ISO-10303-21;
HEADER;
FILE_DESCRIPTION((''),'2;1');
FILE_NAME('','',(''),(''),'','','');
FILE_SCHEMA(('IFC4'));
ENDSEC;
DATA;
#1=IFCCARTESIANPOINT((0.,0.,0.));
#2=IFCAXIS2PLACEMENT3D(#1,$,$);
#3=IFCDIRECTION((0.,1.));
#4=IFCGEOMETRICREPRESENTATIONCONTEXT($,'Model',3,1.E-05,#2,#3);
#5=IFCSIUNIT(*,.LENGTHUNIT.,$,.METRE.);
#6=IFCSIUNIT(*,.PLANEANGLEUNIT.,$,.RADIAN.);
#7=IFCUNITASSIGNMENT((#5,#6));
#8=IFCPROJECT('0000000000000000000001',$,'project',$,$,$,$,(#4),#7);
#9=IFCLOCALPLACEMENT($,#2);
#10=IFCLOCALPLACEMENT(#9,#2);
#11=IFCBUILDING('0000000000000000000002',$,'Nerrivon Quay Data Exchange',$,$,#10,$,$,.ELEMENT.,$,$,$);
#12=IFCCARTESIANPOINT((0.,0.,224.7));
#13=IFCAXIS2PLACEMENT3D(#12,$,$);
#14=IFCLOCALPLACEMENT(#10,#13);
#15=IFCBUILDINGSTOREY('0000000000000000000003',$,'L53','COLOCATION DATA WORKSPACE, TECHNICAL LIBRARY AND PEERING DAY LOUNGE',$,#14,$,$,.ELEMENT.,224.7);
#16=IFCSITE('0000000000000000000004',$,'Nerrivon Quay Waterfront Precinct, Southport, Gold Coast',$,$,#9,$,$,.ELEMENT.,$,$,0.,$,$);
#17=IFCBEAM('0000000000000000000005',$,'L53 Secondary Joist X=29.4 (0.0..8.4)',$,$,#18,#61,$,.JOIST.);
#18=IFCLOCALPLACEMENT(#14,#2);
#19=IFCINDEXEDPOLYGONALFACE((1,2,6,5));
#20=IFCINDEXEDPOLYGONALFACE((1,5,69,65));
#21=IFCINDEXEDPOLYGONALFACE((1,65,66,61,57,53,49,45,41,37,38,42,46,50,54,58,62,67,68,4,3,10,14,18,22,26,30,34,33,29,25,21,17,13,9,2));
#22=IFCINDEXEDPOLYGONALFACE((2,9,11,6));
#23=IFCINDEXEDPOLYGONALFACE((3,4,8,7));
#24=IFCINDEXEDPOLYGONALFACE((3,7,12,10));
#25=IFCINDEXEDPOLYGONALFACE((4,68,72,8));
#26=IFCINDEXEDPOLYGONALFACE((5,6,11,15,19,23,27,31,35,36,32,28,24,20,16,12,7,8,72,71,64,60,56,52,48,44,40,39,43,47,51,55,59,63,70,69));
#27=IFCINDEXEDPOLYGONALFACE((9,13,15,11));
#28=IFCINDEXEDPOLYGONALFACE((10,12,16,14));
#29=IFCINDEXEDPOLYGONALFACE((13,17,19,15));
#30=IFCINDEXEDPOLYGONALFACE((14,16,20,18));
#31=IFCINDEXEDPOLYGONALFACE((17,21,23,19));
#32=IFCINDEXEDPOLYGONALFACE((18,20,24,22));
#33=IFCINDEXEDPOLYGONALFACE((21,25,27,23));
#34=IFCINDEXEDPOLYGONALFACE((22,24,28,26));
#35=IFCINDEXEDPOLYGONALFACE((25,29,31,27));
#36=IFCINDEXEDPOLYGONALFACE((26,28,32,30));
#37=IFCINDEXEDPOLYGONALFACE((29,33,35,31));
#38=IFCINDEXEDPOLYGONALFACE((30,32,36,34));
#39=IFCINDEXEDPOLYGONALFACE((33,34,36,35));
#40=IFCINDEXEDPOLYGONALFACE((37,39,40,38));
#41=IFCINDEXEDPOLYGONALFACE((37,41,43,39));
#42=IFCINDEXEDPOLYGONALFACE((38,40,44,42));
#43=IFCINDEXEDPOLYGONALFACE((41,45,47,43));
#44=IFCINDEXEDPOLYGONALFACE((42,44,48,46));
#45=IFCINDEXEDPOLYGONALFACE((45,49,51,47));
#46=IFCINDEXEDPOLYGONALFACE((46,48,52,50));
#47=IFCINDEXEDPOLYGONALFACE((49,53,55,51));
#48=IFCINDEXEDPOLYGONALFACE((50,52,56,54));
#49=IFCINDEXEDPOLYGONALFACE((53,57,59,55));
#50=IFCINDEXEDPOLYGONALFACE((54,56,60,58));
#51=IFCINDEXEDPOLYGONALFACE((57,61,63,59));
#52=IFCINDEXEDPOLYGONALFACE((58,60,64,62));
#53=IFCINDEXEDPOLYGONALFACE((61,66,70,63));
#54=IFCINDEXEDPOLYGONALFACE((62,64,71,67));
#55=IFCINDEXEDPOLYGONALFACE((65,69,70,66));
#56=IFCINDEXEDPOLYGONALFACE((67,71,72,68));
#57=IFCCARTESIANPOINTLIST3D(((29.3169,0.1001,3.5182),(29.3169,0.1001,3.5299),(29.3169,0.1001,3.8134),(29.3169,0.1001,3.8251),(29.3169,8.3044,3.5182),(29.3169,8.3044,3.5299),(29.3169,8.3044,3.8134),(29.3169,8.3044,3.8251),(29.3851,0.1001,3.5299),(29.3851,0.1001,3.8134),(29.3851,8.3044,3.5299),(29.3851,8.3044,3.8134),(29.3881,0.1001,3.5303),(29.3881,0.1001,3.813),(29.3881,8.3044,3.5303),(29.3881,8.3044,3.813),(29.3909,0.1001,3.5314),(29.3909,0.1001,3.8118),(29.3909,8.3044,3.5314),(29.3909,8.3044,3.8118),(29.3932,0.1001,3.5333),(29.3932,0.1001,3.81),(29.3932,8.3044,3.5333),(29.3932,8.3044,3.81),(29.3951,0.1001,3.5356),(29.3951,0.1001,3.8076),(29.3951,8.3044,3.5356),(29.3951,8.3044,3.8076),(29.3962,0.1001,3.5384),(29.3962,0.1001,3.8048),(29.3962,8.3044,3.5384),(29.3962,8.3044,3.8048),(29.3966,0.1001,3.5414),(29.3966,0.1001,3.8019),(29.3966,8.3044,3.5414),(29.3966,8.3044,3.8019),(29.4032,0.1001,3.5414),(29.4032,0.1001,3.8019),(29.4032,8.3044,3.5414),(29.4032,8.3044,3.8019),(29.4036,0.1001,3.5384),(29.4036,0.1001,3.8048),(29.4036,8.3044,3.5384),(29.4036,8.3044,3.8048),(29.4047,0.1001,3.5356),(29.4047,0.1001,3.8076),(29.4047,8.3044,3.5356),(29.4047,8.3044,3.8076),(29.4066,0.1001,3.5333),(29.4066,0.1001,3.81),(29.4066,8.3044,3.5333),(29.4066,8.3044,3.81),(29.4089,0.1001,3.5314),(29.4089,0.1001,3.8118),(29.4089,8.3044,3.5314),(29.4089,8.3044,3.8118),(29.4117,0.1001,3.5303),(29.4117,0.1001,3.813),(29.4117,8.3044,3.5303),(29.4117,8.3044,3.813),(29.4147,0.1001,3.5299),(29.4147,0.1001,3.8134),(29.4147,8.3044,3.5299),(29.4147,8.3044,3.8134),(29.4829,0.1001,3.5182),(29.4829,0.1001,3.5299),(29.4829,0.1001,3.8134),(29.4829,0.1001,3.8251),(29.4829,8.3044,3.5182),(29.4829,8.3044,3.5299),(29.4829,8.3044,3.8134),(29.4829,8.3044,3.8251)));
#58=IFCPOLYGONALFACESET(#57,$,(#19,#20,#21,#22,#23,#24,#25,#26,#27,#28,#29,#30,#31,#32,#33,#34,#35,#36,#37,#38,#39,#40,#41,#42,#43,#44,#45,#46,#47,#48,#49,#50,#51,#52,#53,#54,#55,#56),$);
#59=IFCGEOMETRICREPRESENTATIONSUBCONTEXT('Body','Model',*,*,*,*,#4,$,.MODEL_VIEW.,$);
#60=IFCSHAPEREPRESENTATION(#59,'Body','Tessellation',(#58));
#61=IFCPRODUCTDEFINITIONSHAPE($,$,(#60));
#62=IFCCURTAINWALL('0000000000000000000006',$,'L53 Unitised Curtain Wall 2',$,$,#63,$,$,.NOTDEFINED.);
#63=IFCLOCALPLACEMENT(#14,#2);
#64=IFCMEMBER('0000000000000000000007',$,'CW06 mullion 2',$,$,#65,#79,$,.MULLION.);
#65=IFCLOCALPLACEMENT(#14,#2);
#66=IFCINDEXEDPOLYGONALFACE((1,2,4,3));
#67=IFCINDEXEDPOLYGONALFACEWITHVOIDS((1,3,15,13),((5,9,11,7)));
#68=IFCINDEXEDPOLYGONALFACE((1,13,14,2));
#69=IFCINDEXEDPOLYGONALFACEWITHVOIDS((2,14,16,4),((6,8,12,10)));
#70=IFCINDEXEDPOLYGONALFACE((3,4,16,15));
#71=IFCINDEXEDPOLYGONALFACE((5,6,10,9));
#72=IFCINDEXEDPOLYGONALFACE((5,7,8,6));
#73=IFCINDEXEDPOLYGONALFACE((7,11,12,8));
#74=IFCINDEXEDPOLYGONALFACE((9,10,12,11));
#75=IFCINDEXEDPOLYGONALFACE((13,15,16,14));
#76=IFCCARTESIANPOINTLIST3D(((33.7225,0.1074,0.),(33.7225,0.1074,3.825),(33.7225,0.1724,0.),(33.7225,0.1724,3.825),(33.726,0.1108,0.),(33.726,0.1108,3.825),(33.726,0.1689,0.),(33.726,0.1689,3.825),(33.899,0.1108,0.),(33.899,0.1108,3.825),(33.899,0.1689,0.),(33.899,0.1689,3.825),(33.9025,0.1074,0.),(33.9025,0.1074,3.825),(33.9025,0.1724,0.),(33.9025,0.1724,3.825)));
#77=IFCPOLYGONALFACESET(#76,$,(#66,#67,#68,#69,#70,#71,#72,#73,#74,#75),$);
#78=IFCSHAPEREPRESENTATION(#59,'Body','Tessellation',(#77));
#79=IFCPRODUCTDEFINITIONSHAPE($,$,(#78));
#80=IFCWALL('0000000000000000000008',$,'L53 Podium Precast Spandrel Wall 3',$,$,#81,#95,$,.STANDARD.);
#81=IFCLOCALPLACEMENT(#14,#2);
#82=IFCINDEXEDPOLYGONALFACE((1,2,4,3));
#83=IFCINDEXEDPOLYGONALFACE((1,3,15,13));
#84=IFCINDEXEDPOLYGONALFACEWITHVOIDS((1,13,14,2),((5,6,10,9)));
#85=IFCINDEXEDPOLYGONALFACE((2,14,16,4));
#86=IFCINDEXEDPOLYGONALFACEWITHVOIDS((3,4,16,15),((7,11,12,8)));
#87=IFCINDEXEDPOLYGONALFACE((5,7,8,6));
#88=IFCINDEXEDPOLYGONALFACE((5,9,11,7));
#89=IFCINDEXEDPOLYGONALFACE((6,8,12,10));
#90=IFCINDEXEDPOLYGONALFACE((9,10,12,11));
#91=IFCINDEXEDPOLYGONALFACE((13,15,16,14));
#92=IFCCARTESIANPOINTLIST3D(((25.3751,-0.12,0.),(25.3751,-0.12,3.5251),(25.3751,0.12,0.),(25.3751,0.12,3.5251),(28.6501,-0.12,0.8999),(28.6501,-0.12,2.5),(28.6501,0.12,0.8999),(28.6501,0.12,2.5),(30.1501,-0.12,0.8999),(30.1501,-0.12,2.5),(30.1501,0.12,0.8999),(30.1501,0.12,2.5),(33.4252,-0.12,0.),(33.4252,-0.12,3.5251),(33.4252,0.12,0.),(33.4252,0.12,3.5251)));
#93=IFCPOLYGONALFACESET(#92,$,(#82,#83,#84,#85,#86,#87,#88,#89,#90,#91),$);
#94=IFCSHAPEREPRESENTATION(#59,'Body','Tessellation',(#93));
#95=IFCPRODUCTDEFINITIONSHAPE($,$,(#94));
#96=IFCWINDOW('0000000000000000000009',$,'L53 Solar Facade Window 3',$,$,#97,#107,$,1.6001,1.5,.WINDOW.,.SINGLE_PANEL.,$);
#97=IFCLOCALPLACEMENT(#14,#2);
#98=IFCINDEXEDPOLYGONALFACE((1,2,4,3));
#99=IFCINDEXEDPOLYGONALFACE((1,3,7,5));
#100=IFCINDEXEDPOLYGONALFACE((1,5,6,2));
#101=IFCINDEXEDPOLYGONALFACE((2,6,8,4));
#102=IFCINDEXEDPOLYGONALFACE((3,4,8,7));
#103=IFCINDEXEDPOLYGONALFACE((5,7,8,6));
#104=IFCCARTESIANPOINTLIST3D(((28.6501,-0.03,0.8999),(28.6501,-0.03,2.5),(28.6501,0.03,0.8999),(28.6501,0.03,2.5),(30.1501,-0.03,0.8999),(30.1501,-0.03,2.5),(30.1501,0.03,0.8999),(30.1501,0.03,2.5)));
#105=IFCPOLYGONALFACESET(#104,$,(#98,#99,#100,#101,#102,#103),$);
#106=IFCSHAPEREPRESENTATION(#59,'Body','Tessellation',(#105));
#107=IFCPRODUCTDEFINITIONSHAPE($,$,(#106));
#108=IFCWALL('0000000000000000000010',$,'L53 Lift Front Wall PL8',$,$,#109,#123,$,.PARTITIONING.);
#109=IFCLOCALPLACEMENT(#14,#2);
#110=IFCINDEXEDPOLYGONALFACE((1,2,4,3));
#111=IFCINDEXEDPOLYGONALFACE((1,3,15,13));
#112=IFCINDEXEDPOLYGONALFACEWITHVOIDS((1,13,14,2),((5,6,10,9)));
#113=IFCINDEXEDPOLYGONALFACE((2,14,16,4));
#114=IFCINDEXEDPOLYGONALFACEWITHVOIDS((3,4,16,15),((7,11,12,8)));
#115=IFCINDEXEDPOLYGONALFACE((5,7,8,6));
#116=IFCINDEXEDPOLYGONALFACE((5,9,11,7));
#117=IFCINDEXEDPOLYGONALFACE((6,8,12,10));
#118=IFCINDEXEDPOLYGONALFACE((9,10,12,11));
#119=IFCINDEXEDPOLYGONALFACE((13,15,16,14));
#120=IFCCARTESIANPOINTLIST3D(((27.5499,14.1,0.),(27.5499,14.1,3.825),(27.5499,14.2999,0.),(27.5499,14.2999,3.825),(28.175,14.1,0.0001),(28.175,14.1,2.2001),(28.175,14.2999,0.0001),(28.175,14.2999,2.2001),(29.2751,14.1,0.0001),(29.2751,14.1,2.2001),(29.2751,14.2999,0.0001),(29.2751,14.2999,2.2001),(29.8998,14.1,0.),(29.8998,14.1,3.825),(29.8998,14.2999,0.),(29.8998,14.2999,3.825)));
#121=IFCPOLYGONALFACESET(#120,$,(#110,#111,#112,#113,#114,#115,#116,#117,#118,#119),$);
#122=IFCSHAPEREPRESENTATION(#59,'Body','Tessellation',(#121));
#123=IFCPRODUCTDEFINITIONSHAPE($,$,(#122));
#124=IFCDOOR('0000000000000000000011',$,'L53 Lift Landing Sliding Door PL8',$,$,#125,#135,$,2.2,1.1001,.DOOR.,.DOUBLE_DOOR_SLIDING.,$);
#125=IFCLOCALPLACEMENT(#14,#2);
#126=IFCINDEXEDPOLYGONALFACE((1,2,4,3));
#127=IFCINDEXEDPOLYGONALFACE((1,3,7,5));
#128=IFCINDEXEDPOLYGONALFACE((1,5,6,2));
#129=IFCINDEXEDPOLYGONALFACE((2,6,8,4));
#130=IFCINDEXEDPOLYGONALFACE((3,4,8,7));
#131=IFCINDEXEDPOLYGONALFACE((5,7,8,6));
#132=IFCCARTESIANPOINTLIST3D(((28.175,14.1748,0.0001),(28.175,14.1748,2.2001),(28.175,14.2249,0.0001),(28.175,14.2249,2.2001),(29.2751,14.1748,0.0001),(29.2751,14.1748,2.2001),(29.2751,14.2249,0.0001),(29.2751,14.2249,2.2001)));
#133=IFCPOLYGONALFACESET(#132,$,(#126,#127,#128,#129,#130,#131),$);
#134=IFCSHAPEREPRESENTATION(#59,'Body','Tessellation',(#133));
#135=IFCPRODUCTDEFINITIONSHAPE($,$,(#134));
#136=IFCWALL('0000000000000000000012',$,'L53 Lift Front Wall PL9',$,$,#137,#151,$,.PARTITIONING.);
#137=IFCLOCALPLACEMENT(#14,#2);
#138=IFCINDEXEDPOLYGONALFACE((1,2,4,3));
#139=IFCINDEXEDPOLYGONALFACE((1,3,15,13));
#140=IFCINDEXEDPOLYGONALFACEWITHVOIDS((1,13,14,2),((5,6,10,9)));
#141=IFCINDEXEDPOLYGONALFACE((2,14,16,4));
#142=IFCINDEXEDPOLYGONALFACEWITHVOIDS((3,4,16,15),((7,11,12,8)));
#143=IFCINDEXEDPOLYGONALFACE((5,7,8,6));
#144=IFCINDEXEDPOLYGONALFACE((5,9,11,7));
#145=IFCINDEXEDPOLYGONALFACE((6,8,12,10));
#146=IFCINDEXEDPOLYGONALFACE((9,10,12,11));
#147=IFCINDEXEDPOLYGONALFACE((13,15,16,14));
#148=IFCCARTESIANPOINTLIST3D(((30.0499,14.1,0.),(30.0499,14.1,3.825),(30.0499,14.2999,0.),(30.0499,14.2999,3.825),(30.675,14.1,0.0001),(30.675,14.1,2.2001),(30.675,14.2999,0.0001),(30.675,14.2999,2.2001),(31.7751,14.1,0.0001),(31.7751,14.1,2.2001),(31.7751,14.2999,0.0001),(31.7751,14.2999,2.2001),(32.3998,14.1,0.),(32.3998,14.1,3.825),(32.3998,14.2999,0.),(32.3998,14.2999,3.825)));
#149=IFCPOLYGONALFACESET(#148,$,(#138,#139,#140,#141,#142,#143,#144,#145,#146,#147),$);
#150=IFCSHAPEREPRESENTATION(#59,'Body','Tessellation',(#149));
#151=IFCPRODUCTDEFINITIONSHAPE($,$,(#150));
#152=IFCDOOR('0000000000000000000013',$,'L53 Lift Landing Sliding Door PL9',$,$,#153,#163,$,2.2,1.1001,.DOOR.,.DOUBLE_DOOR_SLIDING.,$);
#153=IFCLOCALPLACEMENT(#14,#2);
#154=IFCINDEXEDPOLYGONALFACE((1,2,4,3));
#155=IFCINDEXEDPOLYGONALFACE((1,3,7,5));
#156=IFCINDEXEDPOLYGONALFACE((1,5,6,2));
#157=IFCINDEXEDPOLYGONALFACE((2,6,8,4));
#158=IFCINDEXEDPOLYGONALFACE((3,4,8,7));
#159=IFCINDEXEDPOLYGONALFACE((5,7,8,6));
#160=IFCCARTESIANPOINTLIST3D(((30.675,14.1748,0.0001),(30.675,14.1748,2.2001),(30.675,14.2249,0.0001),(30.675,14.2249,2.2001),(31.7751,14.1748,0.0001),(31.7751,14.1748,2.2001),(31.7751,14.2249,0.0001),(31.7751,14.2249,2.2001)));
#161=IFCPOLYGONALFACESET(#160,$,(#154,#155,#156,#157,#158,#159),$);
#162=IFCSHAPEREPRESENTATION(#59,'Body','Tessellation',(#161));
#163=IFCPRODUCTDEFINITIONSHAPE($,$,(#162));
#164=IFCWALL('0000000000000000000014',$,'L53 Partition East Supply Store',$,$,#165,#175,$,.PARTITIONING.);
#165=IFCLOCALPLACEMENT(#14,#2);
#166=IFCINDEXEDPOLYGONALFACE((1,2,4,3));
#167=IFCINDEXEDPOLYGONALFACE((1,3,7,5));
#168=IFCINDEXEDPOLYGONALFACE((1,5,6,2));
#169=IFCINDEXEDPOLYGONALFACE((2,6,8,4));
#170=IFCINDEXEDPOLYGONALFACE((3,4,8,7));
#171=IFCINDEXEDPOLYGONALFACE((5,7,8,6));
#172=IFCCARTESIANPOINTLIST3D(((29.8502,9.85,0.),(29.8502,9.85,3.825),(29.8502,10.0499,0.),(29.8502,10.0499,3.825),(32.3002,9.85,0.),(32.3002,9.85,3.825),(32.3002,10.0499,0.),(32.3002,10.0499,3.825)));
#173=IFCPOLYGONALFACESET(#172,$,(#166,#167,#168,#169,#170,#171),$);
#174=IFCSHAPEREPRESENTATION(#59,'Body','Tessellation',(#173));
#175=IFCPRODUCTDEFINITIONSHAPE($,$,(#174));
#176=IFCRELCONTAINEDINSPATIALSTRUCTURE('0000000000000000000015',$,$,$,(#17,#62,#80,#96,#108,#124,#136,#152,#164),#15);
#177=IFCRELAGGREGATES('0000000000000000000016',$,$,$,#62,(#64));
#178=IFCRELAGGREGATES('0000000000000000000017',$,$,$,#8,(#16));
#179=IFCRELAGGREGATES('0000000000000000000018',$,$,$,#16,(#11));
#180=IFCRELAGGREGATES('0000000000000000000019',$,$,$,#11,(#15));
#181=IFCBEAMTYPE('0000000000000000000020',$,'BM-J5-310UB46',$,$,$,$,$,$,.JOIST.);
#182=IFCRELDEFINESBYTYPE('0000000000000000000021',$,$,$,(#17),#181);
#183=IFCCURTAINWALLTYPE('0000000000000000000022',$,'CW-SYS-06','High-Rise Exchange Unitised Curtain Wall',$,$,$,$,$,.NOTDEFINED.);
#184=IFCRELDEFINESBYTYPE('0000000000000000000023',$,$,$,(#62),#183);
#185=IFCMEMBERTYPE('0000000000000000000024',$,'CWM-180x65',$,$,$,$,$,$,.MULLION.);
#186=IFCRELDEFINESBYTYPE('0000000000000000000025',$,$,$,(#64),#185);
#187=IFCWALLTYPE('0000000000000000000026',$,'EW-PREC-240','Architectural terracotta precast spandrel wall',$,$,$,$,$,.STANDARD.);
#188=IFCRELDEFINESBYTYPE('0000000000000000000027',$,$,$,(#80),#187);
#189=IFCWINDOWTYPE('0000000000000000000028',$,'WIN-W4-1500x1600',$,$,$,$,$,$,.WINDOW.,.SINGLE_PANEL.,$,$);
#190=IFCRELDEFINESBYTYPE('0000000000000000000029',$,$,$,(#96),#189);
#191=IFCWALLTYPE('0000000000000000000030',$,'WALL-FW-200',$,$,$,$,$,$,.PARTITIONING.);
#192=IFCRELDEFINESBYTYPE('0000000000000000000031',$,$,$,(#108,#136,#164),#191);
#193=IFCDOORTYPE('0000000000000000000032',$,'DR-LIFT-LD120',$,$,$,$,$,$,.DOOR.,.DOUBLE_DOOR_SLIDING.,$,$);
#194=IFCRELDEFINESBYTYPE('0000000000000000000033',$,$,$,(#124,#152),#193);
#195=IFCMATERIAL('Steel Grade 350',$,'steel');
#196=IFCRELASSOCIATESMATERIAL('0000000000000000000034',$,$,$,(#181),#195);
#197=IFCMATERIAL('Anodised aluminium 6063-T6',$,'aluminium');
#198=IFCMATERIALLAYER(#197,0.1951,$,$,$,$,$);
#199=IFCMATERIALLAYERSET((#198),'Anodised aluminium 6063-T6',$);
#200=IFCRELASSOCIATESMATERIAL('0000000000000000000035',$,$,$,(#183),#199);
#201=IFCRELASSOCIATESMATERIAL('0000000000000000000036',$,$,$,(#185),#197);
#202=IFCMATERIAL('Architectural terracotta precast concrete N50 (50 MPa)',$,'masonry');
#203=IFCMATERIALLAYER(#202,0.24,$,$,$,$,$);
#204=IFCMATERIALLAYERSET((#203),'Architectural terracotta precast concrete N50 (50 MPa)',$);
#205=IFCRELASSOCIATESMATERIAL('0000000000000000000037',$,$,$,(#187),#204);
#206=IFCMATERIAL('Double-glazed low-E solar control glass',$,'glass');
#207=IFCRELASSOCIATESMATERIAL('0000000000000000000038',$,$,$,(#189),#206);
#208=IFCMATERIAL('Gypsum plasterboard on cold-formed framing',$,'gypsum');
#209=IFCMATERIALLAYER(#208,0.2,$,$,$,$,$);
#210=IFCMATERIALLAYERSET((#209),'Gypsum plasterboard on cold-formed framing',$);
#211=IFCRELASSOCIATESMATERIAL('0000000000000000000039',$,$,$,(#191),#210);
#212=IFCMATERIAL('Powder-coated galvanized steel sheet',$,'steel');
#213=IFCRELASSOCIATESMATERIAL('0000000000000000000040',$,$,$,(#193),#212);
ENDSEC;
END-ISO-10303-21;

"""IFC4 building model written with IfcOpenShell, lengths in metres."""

from ifc_helpers import new_model, si_unit, direction, frame, frame_2d, origin, origin_2d, place, context, subcontext, project, spatial, rectangle, hollow_rectangle, i_section, extrude, material, layer, layer_set, material_profile, profile_set, type_object, element, fill, aggregate, save


model = new_model("IFC4")

# Units and contexts
model_context = context("Model", 3, precision=1e-05, world=origin(), true_north=direction((0.0, 1.0)))
body_context = subcontext(model_context, "Body", "Model", "MODEL_VIEW")
ifc_project = project(units=[si_unit("LENGTHUNIT", "METRE"), si_unit("PLANEANGLEUNIT", "RADIAN")], contexts=[model_context])

# Site, building, storey
site_placement = place(None, origin())
site = spatial("IfcSite", under=ifc_project, at=site_placement, Name="Nerrivon Quay Waterfront Precinct, Southport, Gold Coast", CompositionType="ELEMENT", RefElevation=0.0)
building_placement = place(site_placement, origin())
building = spatial("IfcBuilding", under=site, at=building_placement, Name="Nerrivon Quay Data Exchange", CompositionType="ELEMENT")
storey_placement = place(building_placement, frame((0.0, 0.0, 224.7)))
storey = spatial("IfcBuildingStorey", under=building, at=storey_placement, Name="L53", Description="COLOCATION DATA WORKSPACE, TECHNICAL LIBRARY AND PEERING DAY LOUNGE", CompositionType="ELEMENT", Elevation=224.7)

# Shared definitions
ifc_material_1 = material(Name="Steel Grade 350", Category="steel")

# Beam
ifc_material_profile_1 = material_profile(ifc_material_1, i_section(OverallWidth=0.166, OverallDepth=0.3069, WebThickness=0.0066, FlangeThickness=0.0117, FilletRadius=0.0115, at=origin_2d()), Name="310UB46.2")
ifc_profile_set_1 = profile_set([ifc_material_profile_1], Name="Steel Grade 350")
beam_type_1 = type_object("IfcBeamType", Name="BM-J5-310UB46", PredefinedType="JOIST", material=ifc_profile_set_1)
beam_1_placement = place(storey_placement, frame((29.3999, 0.1001, 3.6716), z_axis=(0.0, 1.0, 0.0), x_axis=(-1.0, 0.0, 0.0)))
element("IfcBeam", 1, at=beam_1_placement, inside=storey, type_object=beam_type_1, Name="L53 Secondary Joist X=29.4 (0.0..8.4)", PredefinedType="JOIST", context=body_context, shape_type="SweptSolid", body=[
    extrude(i_section(OverallWidth=0.166, OverallDepth=0.3069, WebThickness=0.0066, FlangeThickness=0.0117, FilletRadius=0.0115, at=origin_2d()), origin(), (0.0, 0.0, 1.0), 8.2043),
])

# Curtain wall, member
ifc_material_2 = material(Name="Anodised aluminium 6063-T6", Category="aluminium")
ifc_layer_1 = layer(ifc_material_2, 0.1951)
ifc_layer_set_1 = layer_set([ifc_layer_1], Name="Anodised aluminium 6063-T6")
curtain_wall_type = type_object("IfcCurtainWallType", Name="CW-SYS-06", Description="High-Rise Exchange Unitised Curtain Wall", PredefinedType="NOTDEFINED", material=ifc_layer_set_1)
curtain_wall_placement = place(storey_placement, origin())
curtain_wall = element("IfcCurtainWall", 2, at=curtain_wall_placement, inside=storey, type_object=curtain_wall_type, Name="L53 Unitised Curtain Wall 2", PredefinedType="NOTDEFINED")
ifc_material_profile_2 = material_profile(ifc_material_2, hollow_rectangle(XDim=0.0649, YDim=0.1799, WallThickness=0.0034, at=origin_2d()), Name="ALU-MULL-180x65")
ifc_profile_set_2 = profile_set([ifc_material_profile_2], Name="Anodised aluminium 6063-T6")
member_type = type_object("IfcMemberType", Name="CWM-180x65", PredefinedType="MULLION", material=ifc_profile_set_2)
member_placement = place(storey_placement, frame((33.8125, 0.1399, 0.0), z_axis=(0.0, 0.0, 1.0), x_axis=(0.0, -1.0, 0.0)))
member = element("IfcMember", 3, at=member_placement, type_object=member_type, Name="CW06 mullion 2", PredefinedType="MULLION", context=body_context, shape_type="SweptSolid", body=[
    extrude(hollow_rectangle(XDim=0.0649, YDim=0.1799, WallThickness=0.0034, at=origin_2d()), origin(), (0.0, 0.0, 1.0), 3.825),
])
aggregate(curtain_wall, [member])

# Wall, opening, window
ifc_material_3 = material(Name="Architectural terracotta precast concrete N50 (50 MPa)", Category="masonry")
ifc_layer_2 = layer(ifc_material_3, 0.24)
ifc_layer_set_2 = layer_set([ifc_layer_2], Name="Architectural terracotta precast concrete N50 (50 MPa)")
wall_type_1 = type_object("IfcWallType", Name="EW-PREC-240", Description="Architectural terracotta precast spandrel wall", PredefinedType="STANDARD", material=ifc_layer_set_2)
wall_1_placement = place(storey_placement, frame((33.425, 0.0, 0.0), z_axis=(0.0, 0.0, 1.0), x_axis=(-1.0, 0.0, 0.0)))
wall_1 = element("IfcWall", 4, at=wall_1_placement, inside=storey, type_object=wall_type_1, Name="L53 Podium Precast Spandrel Wall 3", PredefinedType="STANDARD", context=body_context, shape_type="SweptSolid", body=[
    extrude(rectangle(XDim=8.05, YDim=0.24, at=frame_2d((4.0249, 0.0))), origin(), (0.0, 0.0, 1.0), 3.5251),
])
opening_1_placement = place(wall_1_placement, frame((3.2749, 0.0, 0.8999)))
opening_1 = element("IfcOpeningElement", 5, at=opening_1_placement, cuts=wall_1, PredefinedType="OPENING", context=body_context, shape_type="SweptSolid", body=[
    extrude(rectangle(XDim=1.5, YDim=1.6001, at=frame_2d((0.75, 0.8))), frame((0.0, 0.1299, 0.0), z_axis=(0.0, -1.0, 0.0), x_axis=(1.0, 0.0, 0.0)), (0.0, 0.0, 1.0), 0.26),
])
ifc_material_4 = material(Name="Double-glazed low-E solar control glass", Category="glass")
window_type = type_object("IfcWindowType", Name="WIN-W4-1500x1600", PartitioningType="SINGLE_PANEL", PredefinedType="WINDOW", material=ifc_material_4)
window_placement = place(opening_1_placement, origin())
window = element("IfcWindow", 6, at=window_placement, inside=storey, type_object=window_type, Name="L53 Solar Facade Window 3", OverallHeight=1.6001, OverallWidth=1.5, PartitioningType="SINGLE_PANEL", PredefinedType="WINDOW", context=body_context, shape_type="SweptSolid", body=[
    extrude(rectangle(XDim=1.5, YDim=1.6001, at=frame_2d((0.75, 0.8))), frame((0.0, 0.03, 0.0), z_axis=(0.0, -1.0, 0.0), x_axis=(1.0, 0.0, 0.0)), (0.0, 0.0, 1.0), 0.0601),
])
fill(opening_1, window)

# Walls, openings, doors
ifc_material_5 = material(Name="Powder-coated galvanized steel sheet", Category="steel")
ifc_material_6 = material(Name="Gypsum plasterboard on cold-formed framing", Category="gypsum")
ifc_layer_3 = layer(ifc_material_6, 0.2)
ifc_layer_set_3 = layer_set([ifc_layer_3], Name="Gypsum plasterboard on cold-formed framing")
wall_type_2 = type_object("IfcWallType", Name="WALL-FW-200", PredefinedType="PARTITIONING", material=ifc_layer_set_3)
wall_2_placement = place(storey_placement, frame((27.55, 14.2, 0.0), z_axis=(0.0, 0.0, 1.0), x_axis=(1.0, 0.0, 0.0)))
wall_2 = element("IfcWall", 7, at=wall_2_placement, inside=storey, type_object=wall_type_2, Name="L53 Lift Front Wall PL8", PredefinedType="PARTITIONING", context=body_context, shape_type="SweptSolid", body=[
    extrude(rectangle(XDim=2.3499, YDim=0.2, at=frame_2d((1.1748, 0.0))), origin(), (0.0, 0.0, 1.0), 3.825),
])
opening_2_placement = place(wall_2_placement, frame((0.625, 0.0, 0.0)))
opening_2 = element("IfcOpeningElement", 8, at=opening_2_placement, cuts=wall_2, PredefinedType="OPENING", context=body_context, shape_type="SweptSolid", body=[
    extrude(rectangle(XDim=1.1001, YDim=2.2, at=frame_2d((0.55, 1.1001))), frame((0.0, 0.1099, 0.0), z_axis=(0.0, -1.0, 0.0), x_axis=(1.0, 0.0, 0.0)), (0.0, 0.0, 1.0), 0.22),
])
door_type_1 = type_object("IfcDoorType", Name="DR-LIFT-LD120", OperationType="DOUBLE_DOOR_SLIDING", PredefinedType="DOOR", material=ifc_material_5)
door_1_placement = place(opening_2_placement, origin())
door_1 = element("IfcDoor", 9, at=door_1_placement, inside=storey, type_object=door_type_1, Name="L53 Lift Landing Sliding Door PL8", OperationType="DOUBLE_DOOR_SLIDING", OverallHeight=2.2, OverallWidth=1.1001, PredefinedType="DOOR", context=body_context, shape_type="SweptSolid", body=[
    extrude(rectangle(XDim=1.1001, YDim=2.2, at=frame_2d((0.55, 1.1001))), frame((0.0, 0.0249, 0.0), z_axis=(0.0, -1.0, 0.0), x_axis=(1.0, 0.0, 0.0)), (0.0, 0.0, 1.0), 0.05),
])
fill(opening_2, door_1)
wall_3_placement = place(storey_placement, frame((30.05, 14.2, 0.0), z_axis=(0.0, 0.0, 1.0), x_axis=(1.0, 0.0, 0.0)))
wall_3 = element("IfcWall", 10, at=wall_3_placement, inside=storey, type_object=wall_type_2, Name="L53 Lift Front Wall PL9", PredefinedType="PARTITIONING", context=body_context, shape_type="SweptSolid", body=[
    extrude(rectangle(XDim=2.3499, YDim=0.2, at=frame_2d((1.1748, 0.0))), origin(), (0.0, 0.0, 1.0), 3.825),
])
opening_3_placement = place(wall_3_placement, frame((0.625, 0.0, 0.0)))
opening_3 = element("IfcOpeningElement", 11, at=opening_3_placement, cuts=wall_3, PredefinedType="OPENING", context=body_context, shape_type="SweptSolid", body=[
    extrude(rectangle(XDim=1.1001, YDim=2.2, at=frame_2d((0.55, 1.1001))), frame((0.0, 0.1099, 0.0), z_axis=(0.0, -1.0, 0.0), x_axis=(1.0, 0.0, 0.0)), (0.0, 0.0, 1.0), 0.22),
])
door_2_placement = place(opening_3_placement, origin())
door_2 = element("IfcDoor", 12, at=door_2_placement, inside=storey, type_object=door_type_1, Name="L53 Lift Landing Sliding Door PL9", OperationType="DOUBLE_DOOR_SLIDING", OverallHeight=2.2, OverallWidth=1.1001, PredefinedType="DOOR", context=body_context, shape_type="SweptSolid", body=[
    extrude(rectangle(XDim=1.1001, YDim=2.2, at=frame_2d((0.55, 1.1001))), frame((0.0, 0.0249, 0.0), z_axis=(0.0, -1.0, 0.0), x_axis=(1.0, 0.0, 0.0)), (0.0, 0.0, 1.0), 0.05),
])
fill(opening_3, door_2)

# Wall
wall_4_placement = place(storey_placement, frame((29.8501, 9.95, 0.0), z_axis=(0.0, 0.0, 1.0), x_axis=(1.0, 0.0, 0.0)))
element("IfcWall", 13, at=wall_4_placement, inside=storey, type_object=wall_type_2, Name="L53 Partition East Supply Store", PredefinedType="PARTITIONING", context=body_context, shape_type="SweptSolid", body=[
    extrude(rectangle(XDim=2.45, YDim=0.2, at=frame_2d((1.2251, 0.0))), origin(), (0.0, 0.0, 1.0), 3.825),
])

save(model, "model.ifc")
